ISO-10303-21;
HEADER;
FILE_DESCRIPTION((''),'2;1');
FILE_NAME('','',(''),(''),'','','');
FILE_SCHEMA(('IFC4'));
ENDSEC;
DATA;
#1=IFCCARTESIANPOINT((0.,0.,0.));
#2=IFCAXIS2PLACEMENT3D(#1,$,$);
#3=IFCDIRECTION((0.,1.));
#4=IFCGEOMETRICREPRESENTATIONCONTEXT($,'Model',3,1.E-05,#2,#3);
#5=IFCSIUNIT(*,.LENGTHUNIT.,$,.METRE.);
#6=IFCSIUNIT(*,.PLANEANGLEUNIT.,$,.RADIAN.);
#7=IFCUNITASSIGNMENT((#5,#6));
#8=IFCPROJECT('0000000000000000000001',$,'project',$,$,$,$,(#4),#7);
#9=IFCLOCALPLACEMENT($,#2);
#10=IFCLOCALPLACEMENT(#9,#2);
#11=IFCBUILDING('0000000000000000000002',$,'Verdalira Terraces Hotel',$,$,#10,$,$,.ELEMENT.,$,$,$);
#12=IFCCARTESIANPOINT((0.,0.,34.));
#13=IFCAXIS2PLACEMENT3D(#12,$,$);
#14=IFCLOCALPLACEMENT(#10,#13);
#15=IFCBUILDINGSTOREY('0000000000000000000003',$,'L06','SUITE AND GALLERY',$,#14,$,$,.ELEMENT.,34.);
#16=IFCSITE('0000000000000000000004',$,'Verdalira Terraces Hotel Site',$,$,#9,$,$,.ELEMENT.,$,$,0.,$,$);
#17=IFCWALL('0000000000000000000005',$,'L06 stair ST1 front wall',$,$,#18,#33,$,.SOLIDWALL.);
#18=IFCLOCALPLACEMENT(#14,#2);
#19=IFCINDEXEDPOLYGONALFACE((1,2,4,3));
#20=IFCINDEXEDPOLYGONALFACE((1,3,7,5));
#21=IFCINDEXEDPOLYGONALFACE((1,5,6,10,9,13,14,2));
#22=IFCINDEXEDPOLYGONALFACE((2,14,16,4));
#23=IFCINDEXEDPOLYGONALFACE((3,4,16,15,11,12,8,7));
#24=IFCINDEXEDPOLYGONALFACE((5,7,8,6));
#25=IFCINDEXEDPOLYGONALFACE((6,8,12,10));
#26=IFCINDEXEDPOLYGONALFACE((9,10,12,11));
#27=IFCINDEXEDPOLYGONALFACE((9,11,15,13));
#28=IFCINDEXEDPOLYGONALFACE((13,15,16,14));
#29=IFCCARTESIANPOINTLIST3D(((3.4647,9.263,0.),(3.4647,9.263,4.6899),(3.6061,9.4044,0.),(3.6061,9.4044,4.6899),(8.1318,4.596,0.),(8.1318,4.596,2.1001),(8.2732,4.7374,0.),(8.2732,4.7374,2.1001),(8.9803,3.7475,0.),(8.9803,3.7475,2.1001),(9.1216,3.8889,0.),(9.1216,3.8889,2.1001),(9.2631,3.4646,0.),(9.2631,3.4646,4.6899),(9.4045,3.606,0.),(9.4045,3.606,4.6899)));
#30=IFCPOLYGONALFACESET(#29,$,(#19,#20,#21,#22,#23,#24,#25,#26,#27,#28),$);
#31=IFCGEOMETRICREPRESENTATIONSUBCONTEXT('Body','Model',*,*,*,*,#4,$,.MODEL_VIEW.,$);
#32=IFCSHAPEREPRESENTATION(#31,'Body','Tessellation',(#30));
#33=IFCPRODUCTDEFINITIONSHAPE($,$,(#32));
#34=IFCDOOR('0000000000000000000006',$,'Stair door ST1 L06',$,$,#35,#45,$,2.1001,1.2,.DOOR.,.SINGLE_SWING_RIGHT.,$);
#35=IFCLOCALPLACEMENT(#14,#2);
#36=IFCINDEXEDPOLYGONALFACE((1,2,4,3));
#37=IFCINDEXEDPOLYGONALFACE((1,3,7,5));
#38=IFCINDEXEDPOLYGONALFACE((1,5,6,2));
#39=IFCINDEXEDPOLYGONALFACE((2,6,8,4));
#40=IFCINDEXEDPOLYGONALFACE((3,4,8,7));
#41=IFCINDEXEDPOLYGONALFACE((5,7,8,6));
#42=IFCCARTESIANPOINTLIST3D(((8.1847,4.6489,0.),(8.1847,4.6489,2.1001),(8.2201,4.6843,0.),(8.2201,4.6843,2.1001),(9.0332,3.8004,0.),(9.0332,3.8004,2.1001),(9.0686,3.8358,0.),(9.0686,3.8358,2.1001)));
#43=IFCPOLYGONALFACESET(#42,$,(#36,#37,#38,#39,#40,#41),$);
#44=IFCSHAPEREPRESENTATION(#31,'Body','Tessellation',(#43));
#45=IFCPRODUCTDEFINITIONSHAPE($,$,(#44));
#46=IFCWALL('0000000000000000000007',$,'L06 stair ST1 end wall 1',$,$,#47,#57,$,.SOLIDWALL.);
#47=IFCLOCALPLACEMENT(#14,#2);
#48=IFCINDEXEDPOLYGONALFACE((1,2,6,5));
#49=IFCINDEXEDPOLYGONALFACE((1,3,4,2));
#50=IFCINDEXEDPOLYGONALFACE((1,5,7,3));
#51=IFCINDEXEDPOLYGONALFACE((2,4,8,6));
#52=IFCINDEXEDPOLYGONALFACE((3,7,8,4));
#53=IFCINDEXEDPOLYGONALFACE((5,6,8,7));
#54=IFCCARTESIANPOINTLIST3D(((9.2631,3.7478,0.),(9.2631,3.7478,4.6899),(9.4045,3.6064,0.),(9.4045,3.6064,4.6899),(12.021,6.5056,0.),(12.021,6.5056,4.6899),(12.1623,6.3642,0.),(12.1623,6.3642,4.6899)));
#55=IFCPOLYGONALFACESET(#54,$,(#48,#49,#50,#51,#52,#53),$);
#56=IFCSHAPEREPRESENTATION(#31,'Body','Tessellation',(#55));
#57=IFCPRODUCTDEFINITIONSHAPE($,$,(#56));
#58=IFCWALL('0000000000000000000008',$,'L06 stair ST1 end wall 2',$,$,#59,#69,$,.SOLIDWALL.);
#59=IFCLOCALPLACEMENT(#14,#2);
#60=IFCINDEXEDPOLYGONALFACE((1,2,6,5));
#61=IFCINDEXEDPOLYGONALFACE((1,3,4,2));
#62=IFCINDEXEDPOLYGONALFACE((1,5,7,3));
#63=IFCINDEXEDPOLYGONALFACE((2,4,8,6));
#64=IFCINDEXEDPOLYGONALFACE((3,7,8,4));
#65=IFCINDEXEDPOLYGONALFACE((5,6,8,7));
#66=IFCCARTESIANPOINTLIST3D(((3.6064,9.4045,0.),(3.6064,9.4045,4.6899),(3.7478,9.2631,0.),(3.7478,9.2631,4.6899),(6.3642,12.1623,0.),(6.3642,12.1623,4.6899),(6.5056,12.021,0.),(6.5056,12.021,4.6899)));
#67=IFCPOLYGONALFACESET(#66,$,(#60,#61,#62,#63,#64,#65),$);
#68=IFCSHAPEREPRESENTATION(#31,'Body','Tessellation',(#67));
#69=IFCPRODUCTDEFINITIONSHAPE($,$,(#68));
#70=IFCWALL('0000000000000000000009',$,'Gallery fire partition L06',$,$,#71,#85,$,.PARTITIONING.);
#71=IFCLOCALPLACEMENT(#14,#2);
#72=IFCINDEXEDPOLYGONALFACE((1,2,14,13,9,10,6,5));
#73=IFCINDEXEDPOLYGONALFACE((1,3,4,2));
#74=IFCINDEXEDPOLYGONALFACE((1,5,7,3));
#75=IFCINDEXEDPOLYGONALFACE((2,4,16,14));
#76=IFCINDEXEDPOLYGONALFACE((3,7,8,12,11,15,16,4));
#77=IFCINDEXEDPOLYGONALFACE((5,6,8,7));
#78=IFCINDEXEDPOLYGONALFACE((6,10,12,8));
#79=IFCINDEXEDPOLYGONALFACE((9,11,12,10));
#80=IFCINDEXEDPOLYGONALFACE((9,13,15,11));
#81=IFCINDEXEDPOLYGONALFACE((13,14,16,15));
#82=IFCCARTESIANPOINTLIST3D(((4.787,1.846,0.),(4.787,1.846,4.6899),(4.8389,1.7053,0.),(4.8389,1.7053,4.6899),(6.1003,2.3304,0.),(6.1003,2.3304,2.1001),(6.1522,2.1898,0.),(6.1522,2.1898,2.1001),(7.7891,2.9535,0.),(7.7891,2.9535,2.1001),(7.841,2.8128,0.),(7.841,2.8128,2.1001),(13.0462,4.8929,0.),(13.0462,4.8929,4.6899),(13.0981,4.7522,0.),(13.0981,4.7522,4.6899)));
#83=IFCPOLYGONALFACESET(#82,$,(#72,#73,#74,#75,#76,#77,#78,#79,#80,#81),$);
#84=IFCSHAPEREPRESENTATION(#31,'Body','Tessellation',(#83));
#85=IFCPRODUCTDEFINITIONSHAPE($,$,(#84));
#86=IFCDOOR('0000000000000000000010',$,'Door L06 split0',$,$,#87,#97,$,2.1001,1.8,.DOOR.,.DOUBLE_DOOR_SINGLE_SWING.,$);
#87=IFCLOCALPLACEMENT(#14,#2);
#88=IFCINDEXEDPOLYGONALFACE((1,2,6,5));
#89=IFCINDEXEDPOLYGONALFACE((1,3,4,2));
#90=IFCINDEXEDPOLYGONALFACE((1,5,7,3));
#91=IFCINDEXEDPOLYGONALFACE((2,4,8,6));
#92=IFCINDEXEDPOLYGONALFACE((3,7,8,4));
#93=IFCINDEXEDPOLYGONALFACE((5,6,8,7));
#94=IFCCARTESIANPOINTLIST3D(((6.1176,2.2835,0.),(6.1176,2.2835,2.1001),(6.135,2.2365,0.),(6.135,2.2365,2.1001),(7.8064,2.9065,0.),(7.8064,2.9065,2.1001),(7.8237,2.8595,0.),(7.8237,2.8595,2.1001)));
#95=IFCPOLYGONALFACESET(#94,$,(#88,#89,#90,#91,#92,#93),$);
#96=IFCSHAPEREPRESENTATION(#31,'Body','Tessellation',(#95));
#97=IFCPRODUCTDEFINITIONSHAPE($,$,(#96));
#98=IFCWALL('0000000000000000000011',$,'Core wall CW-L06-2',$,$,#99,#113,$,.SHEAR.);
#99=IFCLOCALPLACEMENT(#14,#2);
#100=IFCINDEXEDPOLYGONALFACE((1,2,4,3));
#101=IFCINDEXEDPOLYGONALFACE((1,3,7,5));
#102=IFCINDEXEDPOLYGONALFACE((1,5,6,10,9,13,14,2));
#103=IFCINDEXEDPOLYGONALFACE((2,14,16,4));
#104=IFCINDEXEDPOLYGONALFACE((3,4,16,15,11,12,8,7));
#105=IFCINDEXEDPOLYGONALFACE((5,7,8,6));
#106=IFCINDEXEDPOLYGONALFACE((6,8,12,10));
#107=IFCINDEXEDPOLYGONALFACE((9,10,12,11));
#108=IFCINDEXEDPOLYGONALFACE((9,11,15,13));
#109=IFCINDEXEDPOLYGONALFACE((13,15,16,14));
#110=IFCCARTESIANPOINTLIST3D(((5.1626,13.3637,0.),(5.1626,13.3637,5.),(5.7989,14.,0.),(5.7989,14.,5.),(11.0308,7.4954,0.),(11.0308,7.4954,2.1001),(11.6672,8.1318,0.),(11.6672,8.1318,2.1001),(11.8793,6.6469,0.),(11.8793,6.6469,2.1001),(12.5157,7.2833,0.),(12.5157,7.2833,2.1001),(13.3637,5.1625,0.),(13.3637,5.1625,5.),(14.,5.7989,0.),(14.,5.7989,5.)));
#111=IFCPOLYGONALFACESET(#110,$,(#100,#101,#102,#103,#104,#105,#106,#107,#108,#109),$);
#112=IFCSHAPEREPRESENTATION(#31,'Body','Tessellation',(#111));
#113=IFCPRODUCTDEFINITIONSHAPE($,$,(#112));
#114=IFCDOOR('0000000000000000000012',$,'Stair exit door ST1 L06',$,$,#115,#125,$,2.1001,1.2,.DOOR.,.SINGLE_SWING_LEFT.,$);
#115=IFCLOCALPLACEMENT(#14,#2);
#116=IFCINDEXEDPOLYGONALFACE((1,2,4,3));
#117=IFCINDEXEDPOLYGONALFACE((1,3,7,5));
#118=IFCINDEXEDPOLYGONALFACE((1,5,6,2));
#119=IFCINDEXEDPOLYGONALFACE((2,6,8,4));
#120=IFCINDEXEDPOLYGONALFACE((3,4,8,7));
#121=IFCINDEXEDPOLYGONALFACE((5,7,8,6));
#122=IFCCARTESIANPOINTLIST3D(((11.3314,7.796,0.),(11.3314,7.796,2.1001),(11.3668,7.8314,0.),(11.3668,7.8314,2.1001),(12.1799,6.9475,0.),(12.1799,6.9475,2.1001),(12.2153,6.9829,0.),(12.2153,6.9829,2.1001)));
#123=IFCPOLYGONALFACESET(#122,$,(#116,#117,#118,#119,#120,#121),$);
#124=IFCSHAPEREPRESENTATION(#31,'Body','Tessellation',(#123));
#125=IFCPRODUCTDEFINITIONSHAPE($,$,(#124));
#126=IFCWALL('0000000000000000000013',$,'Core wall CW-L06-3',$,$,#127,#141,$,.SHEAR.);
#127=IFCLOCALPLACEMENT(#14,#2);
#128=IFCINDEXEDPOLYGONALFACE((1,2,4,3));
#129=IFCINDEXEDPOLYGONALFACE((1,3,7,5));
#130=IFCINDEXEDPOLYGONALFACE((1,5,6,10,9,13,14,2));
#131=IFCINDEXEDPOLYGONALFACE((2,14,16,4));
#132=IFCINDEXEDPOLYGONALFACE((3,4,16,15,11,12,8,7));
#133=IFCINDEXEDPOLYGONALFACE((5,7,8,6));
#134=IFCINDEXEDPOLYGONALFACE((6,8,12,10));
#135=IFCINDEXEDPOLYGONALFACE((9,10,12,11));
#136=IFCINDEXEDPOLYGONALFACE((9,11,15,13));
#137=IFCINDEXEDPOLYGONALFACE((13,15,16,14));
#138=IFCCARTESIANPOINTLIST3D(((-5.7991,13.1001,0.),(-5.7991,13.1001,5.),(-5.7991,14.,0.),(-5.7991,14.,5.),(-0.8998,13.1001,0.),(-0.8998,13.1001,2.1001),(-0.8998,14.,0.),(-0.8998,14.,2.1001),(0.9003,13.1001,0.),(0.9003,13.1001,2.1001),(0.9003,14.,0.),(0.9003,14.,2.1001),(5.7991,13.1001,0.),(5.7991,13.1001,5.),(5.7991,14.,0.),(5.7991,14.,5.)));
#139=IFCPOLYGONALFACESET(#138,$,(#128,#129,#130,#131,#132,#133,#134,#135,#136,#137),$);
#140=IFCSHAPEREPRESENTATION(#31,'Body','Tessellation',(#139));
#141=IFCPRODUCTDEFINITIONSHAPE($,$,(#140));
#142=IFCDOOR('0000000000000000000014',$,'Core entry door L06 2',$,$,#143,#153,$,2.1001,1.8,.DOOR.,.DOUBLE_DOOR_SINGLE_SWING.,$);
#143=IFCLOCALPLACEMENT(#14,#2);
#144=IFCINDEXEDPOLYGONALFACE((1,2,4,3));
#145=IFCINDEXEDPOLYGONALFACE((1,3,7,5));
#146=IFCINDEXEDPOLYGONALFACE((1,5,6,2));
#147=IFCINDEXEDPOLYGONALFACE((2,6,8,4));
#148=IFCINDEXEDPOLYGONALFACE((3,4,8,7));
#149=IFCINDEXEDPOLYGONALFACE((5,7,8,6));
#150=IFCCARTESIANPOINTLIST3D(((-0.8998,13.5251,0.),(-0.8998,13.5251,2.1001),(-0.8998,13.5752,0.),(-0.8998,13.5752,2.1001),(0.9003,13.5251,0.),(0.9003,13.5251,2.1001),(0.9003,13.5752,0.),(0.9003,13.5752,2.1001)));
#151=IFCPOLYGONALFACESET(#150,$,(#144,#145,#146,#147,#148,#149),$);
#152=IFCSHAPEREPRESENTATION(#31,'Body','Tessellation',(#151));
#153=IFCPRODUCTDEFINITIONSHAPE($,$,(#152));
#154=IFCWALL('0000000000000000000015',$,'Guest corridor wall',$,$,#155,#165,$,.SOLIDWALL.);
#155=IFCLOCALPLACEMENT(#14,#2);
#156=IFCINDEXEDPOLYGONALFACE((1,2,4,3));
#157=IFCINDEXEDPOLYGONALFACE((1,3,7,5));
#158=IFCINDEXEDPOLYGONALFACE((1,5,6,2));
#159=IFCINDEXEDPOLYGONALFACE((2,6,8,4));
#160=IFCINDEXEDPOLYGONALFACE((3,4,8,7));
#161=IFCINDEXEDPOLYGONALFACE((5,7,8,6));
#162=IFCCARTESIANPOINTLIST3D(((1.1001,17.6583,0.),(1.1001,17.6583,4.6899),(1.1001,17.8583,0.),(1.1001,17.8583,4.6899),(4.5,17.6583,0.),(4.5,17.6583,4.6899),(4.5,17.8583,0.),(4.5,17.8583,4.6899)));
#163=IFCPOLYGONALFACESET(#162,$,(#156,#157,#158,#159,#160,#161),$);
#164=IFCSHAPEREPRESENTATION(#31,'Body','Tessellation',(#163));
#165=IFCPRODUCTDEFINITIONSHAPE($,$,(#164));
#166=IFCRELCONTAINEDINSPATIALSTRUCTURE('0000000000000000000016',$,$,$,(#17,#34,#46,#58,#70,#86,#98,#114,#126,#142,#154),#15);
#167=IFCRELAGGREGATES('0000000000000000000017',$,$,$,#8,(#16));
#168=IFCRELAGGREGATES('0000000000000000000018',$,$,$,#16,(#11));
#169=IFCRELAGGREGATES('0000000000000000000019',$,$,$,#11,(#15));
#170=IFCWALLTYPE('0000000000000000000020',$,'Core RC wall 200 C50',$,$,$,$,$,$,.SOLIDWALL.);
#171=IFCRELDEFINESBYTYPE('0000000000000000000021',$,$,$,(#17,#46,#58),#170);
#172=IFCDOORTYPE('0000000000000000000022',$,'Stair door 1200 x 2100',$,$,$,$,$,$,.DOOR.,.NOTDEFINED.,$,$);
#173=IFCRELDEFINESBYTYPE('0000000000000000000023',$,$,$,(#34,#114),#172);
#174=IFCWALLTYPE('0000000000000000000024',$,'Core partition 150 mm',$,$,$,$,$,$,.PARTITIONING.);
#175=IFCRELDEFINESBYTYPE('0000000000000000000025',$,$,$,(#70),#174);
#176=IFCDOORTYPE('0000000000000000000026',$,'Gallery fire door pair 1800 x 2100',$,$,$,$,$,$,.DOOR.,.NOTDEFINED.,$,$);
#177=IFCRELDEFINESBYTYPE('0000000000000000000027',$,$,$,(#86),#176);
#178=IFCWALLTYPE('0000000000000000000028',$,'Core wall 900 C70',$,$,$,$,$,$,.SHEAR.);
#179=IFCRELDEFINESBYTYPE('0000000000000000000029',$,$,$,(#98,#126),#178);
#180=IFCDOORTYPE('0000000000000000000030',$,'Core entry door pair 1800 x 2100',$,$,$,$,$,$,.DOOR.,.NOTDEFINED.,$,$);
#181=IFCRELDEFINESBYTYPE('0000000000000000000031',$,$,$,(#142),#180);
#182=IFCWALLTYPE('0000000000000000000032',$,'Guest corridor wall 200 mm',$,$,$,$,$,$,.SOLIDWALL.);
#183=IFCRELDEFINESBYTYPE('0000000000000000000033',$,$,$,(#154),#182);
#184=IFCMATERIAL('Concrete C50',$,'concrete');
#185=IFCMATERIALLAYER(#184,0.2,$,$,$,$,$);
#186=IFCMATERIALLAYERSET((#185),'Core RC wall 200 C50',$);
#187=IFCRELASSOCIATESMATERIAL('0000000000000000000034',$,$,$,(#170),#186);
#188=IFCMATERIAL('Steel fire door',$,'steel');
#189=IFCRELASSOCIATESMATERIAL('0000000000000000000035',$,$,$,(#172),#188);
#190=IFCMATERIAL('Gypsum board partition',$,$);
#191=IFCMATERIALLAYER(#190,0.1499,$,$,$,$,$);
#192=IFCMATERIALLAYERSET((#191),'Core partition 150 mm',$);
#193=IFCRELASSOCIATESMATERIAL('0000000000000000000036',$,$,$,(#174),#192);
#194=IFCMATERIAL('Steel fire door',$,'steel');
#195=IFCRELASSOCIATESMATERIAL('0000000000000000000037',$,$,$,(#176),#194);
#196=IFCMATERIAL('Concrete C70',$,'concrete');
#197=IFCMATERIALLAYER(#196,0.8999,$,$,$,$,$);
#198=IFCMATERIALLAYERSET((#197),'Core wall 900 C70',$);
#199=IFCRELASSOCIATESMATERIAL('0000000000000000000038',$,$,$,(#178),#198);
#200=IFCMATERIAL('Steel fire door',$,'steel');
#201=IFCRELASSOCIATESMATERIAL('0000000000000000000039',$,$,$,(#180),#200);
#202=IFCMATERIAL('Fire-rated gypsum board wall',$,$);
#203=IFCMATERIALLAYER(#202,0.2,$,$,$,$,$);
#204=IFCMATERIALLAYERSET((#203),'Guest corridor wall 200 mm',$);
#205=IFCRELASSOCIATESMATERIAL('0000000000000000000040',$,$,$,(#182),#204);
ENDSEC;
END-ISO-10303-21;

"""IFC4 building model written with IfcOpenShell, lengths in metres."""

from ifc_helpers import new_model, si_unit, direction, frame, frame_2d, origin, place, context, subcontext, project, spatial, rectangle, extrude, material, layer, layer_set, type_object, element, fill, save


model = new_model("IFC4")

# Units and contexts
model_context = context("Model", 3, precision=1e-05, world=origin(), true_north=direction((0.0, 1.0)))
body_context = subcontext(model_context, "Body", "Model", "MODEL_VIEW")
ifc_project = project(units=[si_unit("LENGTHUNIT", "METRE"), si_unit("PLANEANGLEUNIT", "RADIAN")], contexts=[model_context])

# Site, building, storey
site_placement = place(None, origin())
site = spatial("IfcSite", under=ifc_project, at=site_placement, Name="Verdalira Terraces Hotel Site", CompositionType="ELEMENT", RefElevation=0.0)
building_placement = place(site_placement, origin())
building = spatial("IfcBuilding", under=site, at=building_placement, Name="Verdalira Terraces Hotel", CompositionType="ELEMENT")
storey_placement = place(building_placement, frame((0.0, 0.0, 34.0)))
storey = spatial("IfcBuildingStorey", under=building, at=storey_placement, Name="L06", Description="SUITE AND GALLERY", CompositionType="ELEMENT", Elevation=34.0)

# Shared definitions
ifc_material_1 = material(Name="Concrete C50", Category="concrete")
ifc_layer_1 = layer(ifc_material_1, 0.2)
ifc_layer_set_1 = layer_set([ifc_layer_1], Name="Core RC wall 200 C50")
wall_type_1 = type_object("IfcWallType", Name="Core RC wall 200 C50", PredefinedType="SOLIDWALL", material=ifc_layer_set_1)

# Wall, opening, door
wall_1_placement = place(storey_placement, frame((3.5354, 9.3337, 0.0), z_axis=(0.0, 0.0, 1.0), x_axis=(0.707107, -0.707107, 0.0)))
wall_1 = element("IfcWall", 1, at=wall_1_placement, inside=storey, type_object=wall_type_1, Name="L06 stair ST1 front wall", PredefinedType="SOLIDWALL", context=body_context, shape_type="SweptSolid", body=[
    extrude(rectangle(XDim=8.2002, YDim=0.2, at=frame_2d((4.1001, 0.0))), origin(), (0.0, 0.0, 1.0), 4.6899),
])
opening_1_placement = place(wall_1_placement, frame((6.6001, 0.0, 0.0)))
opening_1 = element("IfcOpeningElement", 2, at=opening_1_placement, cuts=wall_1, PredefinedType="OPENING", context=body_context, shape_type="SweptSolid", body=[
    extrude(rectangle(XDim=1.2, YDim=2.1001, at=frame_2d((0.6001, 1.05))), frame((0.0, 0.1099, 0.0), z_axis=(0.0, -1.0, 0.0), x_axis=(1.0, 0.0, 0.0)), (0.0, 0.0, 1.0), 0.22),
])
ifc_material_2 = material(Name="Steel fire door", Category="steel")
door_type_1 = type_object("IfcDoorType", Name="Stair door 1200 x 2100", OperationType="NOTDEFINED", PredefinedType="DOOR", material=ifc_material_2)
door_1_placement = place(opening_1_placement, origin())
door_1 = element("IfcDoor", 3, at=door_1_placement, inside=storey, type_object=door_type_1, Name="Stair door ST1 L06", OperationType="SINGLE_SWING_RIGHT", OverallHeight=2.1001, OverallWidth=1.2, PredefinedType="DOOR", context=body_context, shape_type="SweptSolid", body=[
    extrude(rectangle(XDim=1.2, YDim=2.1001, at=frame_2d((0.6001, 1.05))), frame((0.0, 0.0249, 0.0), z_axis=(0.0, -1.0, 0.0), x_axis=(1.0, 0.0, 0.0)), (0.0, 0.0, 1.0), 0.05),
])
fill(opening_1, door_1)

# Walls
for number, where, z_axis, x_axis, name in (
    (4, (9.3337, 3.677, 0.0), (0.0, 0.0, 1.0), (0.707107, 0.707107, 0.0), "L06 stair ST1 end wall 1"),
    (5, (3.677, 9.3337, 0.0), (0.0, 0.0, 1.0), (0.707107, 0.707107, 0.0), "L06 stair ST1 end wall 2"),
):
    element("IfcWall", number, at=place(storey_placement, frame(where, z_axis=z_axis, x_axis=x_axis)), inside=storey, type_object=wall_type_1, Name=name, PredefinedType="SOLIDWALL", context=body_context, shape_type="SweptSolid", body=[
        extrude(rectangle(XDim=3.9001, YDim=0.2, at=frame_2d((1.9502, 0.0))), origin(), (0.0, 0.0, 1.0), 4.6899),
    ])

# Walls, openings, doors
ifc_material_3 = material(Name="Gypsum board partition")
ifc_layer_2 = layer(ifc_material_3, 0.1499)
ifc_layer_set_2 = layer_set([ifc_layer_2], Name="Core partition 150 mm")
wall_type_2 = type_object("IfcWallType", Name="Core partition 150 mm", PredefinedType="PARTITIONING", material=ifc_layer_set_2)
wall_2_placement = place(storey_placement, frame((4.813, 1.7756, 0.0), z_axis=(0.0, 0.0, 1.0), x_axis=(0.938193, 0.346113, 0.0)))
wall_2 = element("IfcWall", 6, at=wall_2_placement, inside=storey, type_object=wall_type_2, Name="Gallery fire partition L06", PredefinedType="PARTITIONING", context=body_context, shape_type="SweptSolid", body=[
    extrude(rectangle(XDim=8.8032, YDim=0.1499, at=frame_2d((4.4016, 0.0))), origin(), (0.0, 0.0, 1.0), 4.6899),
])
opening_2_placement = place(wall_2_placement, frame((1.3999, 0.0, 0.0)))
opening_2 = element("IfcOpeningElement", 7, at=opening_2_placement, cuts=wall_2, PredefinedType="OPENING", context=body_context, shape_type="SweptSolid", body=[
    extrude(rectangle(XDim=1.8, YDim=2.1001, at=frame_2d((0.8999, 1.05))), frame((0.0, 0.085, 0.0), z_axis=(0.0, -1.0, 0.0), x_axis=(1.0, 0.0, 0.0)), (0.0, 0.0, 1.0), 0.1699),
])
ifc_material_4 = material(Name="Steel fire door", Category="steel")
door_type_2 = type_object("IfcDoorType", Name="Gallery fire door pair 1800 x 2100", OperationType="NOTDEFINED", PredefinedType="DOOR", material=ifc_material_4)
door_2_placement = place(opening_2_placement, origin())
door_2 = element("IfcDoor", 8, at=door_2_placement, inside=storey, type_object=door_type_2, Name="Door L06 split0", OperationType="DOUBLE_DOOR_SINGLE_SWING", OverallHeight=2.1001, OverallWidth=1.8, PredefinedType="DOOR", context=body_context, shape_type="SweptSolid", body=[
    extrude(rectangle(XDim=1.8, YDim=2.1001, at=frame_2d((0.8999, 1.05))), frame((0.0, 0.0249, 0.0), z_axis=(0.0, -1.0, 0.0), x_axis=(1.0, 0.0, 0.0)), (0.0, 0.0, 1.0), 0.05),
])
fill(opening_2, door_2)
ifc_material_5 = material(Name="Concrete C70", Category="concrete")
ifc_layer_3 = layer(ifc_material_5, 0.8999)
ifc_layer_set_3 = layer_set([ifc_layer_3], Name="Core wall 900 C70")
wall_type_3 = type_object("IfcWallType", Name="Core wall 900 C70", PredefinedType="SHEAR", material=ifc_layer_set_3)
wall_3_placement = place(storey_placement, frame((13.6819, 5.4807, 0.0), z_axis=(0.0, 0.0, 1.0), x_axis=(-0.707107, 0.707107, 0.0)))
wall_3 = element("IfcWall", 9, at=wall_3_placement, inside=storey, type_object=wall_type_3, Name="Core wall CW-L06-2", PredefinedType="SHEAR", context=body_context, shape_type="SweptSolid", body=[
    extrude(rectangle(XDim=11.5981, YDim=0.8999, at=frame_2d((5.7991, 0.0))), origin(), (0.0, 0.0, 1.0), 5.0),
])
opening_3_placement = place(wall_3_placement, frame((2.0991, 0.0, 0.0)))
opening_3 = element("IfcOpeningElement", 10, at=opening_3_placement, cuts=wall_3, PredefinedType="OPENING", context=body_context, shape_type="SweptSolid", body=[
    extrude(rectangle(XDim=1.2, YDim=2.1001, at=frame_2d((0.6001, 1.05))), frame((0.0, 0.46, 0.0), z_axis=(0.0, -1.0, 0.0), x_axis=(1.0, 0.0, 0.0)), (0.0, 0.0, 1.0), 0.9199),
])
door_3_placement = place(opening_3_placement, origin())
door_3 = element("IfcDoor", 11, at=door_3_placement, inside=storey, type_object=door_type_1, Name="Stair exit door ST1 L06", OperationType="SINGLE_SWING_LEFT", OverallHeight=2.1001, OverallWidth=1.2, PredefinedType="DOOR", context=body_context, shape_type="SweptSolid", body=[
    extrude(rectangle(XDim=1.2, YDim=2.1001, at=frame_2d((0.6001, 1.05))), frame((0.0, 0.0249, 0.0), z_axis=(0.0, -1.0, 0.0), x_axis=(1.0, 0.0, 0.0)), (0.0, 0.0, 1.0), 0.05),
])
fill(opening_3, door_3)
wall_4_placement = place(storey_placement, frame((5.7991, 13.55, 0.0), z_axis=(0.0, 0.0, 1.0), x_axis=(-1.0, 0.0, 0.0)))
wall_4 = element("IfcWall", 12, at=wall_4_placement, inside=storey, type_object=wall_type_3, Name="Core wall CW-L06-3", PredefinedType="SHEAR", context=body_context, shape_type="SweptSolid", body=[
    extrude(rectangle(XDim=11.5981, YDim=0.8999, at=frame_2d((5.7991, 0.0))), origin(), (0.0, 0.0, 1.0), 5.0),
])
opening_4_placement = place(wall_4_placement, frame((4.8989, 0.0, 0.0)))
opening_4 = element("IfcOpeningElement", 13, at=opening_4_placement, cuts=wall_4, PredefinedType="OPENING", context=body_context, shape_type="SweptSolid", body=[
    extrude(rectangle(XDim=1.8, YDim=2.1001, at=frame_2d((0.8999, 1.05))), frame((0.0, 0.46, 0.0), z_axis=(0.0, -1.0, 0.0), x_axis=(1.0, 0.0, 0.0)), (0.0, 0.0, 1.0), 0.9199),
])
ifc_material_6 = material(Name="Steel fire door", Category="steel")
door_type_3 = type_object("IfcDoorType", Name="Core entry door pair 1800 x 2100", OperationType="NOTDEFINED", PredefinedType="DOOR", material=ifc_material_6)
door_4_placement = place(opening_4_placement, origin())
door_4 = element("IfcDoor", 14, at=door_4_placement, inside=storey, type_object=door_type_3, Name="Core entry door L06 2", OperationType="DOUBLE_DOOR_SINGLE_SWING", OverallHeight=2.1001, OverallWidth=1.8, PredefinedType="DOOR", context=body_context, shape_type="SweptSolid", body=[
    extrude(rectangle(XDim=1.8, YDim=2.1001, at=frame_2d((0.8999, 1.05))), frame((0.0, 0.0249, 0.0), z_axis=(0.0, -1.0, 0.0), x_axis=(1.0, 0.0, 0.0)), (0.0, 0.0, 1.0), 0.05),
])
fill(opening_4, door_4)

# Wall
ifc_material_7 = material(Name="Fire-rated gypsum board wall")
ifc_layer_4 = layer(ifc_material_7, 0.2)
ifc_layer_set_4 = layer_set([ifc_layer_4], Name="Guest corridor wall 200 mm")
wall_type_4 = type_object("IfcWallType", Name="Guest corridor wall 200 mm", PredefinedType="SOLIDWALL", material=ifc_layer_set_4)
wall_5_placement = place(storey_placement, frame((4.5, 17.7583, 0.0), z_axis=(0.0, 0.0, 1.0), x_axis=(-1.0, 0.0, 0.0)))
element("IfcWall", 15, at=wall_5_placement, inside=storey, type_object=wall_type_4, Name="Guest corridor wall", PredefinedType="SOLIDWALL", context=body_context, shape_type="SweptSolid", body=[
    extrude(rectangle(XDim=3.3999, YDim=0.2, at=frame_2d((1.7, 0.0))), origin(), (0.0, 0.0, 1.0), 4.6899),
])

save(model, "model.ifc")
